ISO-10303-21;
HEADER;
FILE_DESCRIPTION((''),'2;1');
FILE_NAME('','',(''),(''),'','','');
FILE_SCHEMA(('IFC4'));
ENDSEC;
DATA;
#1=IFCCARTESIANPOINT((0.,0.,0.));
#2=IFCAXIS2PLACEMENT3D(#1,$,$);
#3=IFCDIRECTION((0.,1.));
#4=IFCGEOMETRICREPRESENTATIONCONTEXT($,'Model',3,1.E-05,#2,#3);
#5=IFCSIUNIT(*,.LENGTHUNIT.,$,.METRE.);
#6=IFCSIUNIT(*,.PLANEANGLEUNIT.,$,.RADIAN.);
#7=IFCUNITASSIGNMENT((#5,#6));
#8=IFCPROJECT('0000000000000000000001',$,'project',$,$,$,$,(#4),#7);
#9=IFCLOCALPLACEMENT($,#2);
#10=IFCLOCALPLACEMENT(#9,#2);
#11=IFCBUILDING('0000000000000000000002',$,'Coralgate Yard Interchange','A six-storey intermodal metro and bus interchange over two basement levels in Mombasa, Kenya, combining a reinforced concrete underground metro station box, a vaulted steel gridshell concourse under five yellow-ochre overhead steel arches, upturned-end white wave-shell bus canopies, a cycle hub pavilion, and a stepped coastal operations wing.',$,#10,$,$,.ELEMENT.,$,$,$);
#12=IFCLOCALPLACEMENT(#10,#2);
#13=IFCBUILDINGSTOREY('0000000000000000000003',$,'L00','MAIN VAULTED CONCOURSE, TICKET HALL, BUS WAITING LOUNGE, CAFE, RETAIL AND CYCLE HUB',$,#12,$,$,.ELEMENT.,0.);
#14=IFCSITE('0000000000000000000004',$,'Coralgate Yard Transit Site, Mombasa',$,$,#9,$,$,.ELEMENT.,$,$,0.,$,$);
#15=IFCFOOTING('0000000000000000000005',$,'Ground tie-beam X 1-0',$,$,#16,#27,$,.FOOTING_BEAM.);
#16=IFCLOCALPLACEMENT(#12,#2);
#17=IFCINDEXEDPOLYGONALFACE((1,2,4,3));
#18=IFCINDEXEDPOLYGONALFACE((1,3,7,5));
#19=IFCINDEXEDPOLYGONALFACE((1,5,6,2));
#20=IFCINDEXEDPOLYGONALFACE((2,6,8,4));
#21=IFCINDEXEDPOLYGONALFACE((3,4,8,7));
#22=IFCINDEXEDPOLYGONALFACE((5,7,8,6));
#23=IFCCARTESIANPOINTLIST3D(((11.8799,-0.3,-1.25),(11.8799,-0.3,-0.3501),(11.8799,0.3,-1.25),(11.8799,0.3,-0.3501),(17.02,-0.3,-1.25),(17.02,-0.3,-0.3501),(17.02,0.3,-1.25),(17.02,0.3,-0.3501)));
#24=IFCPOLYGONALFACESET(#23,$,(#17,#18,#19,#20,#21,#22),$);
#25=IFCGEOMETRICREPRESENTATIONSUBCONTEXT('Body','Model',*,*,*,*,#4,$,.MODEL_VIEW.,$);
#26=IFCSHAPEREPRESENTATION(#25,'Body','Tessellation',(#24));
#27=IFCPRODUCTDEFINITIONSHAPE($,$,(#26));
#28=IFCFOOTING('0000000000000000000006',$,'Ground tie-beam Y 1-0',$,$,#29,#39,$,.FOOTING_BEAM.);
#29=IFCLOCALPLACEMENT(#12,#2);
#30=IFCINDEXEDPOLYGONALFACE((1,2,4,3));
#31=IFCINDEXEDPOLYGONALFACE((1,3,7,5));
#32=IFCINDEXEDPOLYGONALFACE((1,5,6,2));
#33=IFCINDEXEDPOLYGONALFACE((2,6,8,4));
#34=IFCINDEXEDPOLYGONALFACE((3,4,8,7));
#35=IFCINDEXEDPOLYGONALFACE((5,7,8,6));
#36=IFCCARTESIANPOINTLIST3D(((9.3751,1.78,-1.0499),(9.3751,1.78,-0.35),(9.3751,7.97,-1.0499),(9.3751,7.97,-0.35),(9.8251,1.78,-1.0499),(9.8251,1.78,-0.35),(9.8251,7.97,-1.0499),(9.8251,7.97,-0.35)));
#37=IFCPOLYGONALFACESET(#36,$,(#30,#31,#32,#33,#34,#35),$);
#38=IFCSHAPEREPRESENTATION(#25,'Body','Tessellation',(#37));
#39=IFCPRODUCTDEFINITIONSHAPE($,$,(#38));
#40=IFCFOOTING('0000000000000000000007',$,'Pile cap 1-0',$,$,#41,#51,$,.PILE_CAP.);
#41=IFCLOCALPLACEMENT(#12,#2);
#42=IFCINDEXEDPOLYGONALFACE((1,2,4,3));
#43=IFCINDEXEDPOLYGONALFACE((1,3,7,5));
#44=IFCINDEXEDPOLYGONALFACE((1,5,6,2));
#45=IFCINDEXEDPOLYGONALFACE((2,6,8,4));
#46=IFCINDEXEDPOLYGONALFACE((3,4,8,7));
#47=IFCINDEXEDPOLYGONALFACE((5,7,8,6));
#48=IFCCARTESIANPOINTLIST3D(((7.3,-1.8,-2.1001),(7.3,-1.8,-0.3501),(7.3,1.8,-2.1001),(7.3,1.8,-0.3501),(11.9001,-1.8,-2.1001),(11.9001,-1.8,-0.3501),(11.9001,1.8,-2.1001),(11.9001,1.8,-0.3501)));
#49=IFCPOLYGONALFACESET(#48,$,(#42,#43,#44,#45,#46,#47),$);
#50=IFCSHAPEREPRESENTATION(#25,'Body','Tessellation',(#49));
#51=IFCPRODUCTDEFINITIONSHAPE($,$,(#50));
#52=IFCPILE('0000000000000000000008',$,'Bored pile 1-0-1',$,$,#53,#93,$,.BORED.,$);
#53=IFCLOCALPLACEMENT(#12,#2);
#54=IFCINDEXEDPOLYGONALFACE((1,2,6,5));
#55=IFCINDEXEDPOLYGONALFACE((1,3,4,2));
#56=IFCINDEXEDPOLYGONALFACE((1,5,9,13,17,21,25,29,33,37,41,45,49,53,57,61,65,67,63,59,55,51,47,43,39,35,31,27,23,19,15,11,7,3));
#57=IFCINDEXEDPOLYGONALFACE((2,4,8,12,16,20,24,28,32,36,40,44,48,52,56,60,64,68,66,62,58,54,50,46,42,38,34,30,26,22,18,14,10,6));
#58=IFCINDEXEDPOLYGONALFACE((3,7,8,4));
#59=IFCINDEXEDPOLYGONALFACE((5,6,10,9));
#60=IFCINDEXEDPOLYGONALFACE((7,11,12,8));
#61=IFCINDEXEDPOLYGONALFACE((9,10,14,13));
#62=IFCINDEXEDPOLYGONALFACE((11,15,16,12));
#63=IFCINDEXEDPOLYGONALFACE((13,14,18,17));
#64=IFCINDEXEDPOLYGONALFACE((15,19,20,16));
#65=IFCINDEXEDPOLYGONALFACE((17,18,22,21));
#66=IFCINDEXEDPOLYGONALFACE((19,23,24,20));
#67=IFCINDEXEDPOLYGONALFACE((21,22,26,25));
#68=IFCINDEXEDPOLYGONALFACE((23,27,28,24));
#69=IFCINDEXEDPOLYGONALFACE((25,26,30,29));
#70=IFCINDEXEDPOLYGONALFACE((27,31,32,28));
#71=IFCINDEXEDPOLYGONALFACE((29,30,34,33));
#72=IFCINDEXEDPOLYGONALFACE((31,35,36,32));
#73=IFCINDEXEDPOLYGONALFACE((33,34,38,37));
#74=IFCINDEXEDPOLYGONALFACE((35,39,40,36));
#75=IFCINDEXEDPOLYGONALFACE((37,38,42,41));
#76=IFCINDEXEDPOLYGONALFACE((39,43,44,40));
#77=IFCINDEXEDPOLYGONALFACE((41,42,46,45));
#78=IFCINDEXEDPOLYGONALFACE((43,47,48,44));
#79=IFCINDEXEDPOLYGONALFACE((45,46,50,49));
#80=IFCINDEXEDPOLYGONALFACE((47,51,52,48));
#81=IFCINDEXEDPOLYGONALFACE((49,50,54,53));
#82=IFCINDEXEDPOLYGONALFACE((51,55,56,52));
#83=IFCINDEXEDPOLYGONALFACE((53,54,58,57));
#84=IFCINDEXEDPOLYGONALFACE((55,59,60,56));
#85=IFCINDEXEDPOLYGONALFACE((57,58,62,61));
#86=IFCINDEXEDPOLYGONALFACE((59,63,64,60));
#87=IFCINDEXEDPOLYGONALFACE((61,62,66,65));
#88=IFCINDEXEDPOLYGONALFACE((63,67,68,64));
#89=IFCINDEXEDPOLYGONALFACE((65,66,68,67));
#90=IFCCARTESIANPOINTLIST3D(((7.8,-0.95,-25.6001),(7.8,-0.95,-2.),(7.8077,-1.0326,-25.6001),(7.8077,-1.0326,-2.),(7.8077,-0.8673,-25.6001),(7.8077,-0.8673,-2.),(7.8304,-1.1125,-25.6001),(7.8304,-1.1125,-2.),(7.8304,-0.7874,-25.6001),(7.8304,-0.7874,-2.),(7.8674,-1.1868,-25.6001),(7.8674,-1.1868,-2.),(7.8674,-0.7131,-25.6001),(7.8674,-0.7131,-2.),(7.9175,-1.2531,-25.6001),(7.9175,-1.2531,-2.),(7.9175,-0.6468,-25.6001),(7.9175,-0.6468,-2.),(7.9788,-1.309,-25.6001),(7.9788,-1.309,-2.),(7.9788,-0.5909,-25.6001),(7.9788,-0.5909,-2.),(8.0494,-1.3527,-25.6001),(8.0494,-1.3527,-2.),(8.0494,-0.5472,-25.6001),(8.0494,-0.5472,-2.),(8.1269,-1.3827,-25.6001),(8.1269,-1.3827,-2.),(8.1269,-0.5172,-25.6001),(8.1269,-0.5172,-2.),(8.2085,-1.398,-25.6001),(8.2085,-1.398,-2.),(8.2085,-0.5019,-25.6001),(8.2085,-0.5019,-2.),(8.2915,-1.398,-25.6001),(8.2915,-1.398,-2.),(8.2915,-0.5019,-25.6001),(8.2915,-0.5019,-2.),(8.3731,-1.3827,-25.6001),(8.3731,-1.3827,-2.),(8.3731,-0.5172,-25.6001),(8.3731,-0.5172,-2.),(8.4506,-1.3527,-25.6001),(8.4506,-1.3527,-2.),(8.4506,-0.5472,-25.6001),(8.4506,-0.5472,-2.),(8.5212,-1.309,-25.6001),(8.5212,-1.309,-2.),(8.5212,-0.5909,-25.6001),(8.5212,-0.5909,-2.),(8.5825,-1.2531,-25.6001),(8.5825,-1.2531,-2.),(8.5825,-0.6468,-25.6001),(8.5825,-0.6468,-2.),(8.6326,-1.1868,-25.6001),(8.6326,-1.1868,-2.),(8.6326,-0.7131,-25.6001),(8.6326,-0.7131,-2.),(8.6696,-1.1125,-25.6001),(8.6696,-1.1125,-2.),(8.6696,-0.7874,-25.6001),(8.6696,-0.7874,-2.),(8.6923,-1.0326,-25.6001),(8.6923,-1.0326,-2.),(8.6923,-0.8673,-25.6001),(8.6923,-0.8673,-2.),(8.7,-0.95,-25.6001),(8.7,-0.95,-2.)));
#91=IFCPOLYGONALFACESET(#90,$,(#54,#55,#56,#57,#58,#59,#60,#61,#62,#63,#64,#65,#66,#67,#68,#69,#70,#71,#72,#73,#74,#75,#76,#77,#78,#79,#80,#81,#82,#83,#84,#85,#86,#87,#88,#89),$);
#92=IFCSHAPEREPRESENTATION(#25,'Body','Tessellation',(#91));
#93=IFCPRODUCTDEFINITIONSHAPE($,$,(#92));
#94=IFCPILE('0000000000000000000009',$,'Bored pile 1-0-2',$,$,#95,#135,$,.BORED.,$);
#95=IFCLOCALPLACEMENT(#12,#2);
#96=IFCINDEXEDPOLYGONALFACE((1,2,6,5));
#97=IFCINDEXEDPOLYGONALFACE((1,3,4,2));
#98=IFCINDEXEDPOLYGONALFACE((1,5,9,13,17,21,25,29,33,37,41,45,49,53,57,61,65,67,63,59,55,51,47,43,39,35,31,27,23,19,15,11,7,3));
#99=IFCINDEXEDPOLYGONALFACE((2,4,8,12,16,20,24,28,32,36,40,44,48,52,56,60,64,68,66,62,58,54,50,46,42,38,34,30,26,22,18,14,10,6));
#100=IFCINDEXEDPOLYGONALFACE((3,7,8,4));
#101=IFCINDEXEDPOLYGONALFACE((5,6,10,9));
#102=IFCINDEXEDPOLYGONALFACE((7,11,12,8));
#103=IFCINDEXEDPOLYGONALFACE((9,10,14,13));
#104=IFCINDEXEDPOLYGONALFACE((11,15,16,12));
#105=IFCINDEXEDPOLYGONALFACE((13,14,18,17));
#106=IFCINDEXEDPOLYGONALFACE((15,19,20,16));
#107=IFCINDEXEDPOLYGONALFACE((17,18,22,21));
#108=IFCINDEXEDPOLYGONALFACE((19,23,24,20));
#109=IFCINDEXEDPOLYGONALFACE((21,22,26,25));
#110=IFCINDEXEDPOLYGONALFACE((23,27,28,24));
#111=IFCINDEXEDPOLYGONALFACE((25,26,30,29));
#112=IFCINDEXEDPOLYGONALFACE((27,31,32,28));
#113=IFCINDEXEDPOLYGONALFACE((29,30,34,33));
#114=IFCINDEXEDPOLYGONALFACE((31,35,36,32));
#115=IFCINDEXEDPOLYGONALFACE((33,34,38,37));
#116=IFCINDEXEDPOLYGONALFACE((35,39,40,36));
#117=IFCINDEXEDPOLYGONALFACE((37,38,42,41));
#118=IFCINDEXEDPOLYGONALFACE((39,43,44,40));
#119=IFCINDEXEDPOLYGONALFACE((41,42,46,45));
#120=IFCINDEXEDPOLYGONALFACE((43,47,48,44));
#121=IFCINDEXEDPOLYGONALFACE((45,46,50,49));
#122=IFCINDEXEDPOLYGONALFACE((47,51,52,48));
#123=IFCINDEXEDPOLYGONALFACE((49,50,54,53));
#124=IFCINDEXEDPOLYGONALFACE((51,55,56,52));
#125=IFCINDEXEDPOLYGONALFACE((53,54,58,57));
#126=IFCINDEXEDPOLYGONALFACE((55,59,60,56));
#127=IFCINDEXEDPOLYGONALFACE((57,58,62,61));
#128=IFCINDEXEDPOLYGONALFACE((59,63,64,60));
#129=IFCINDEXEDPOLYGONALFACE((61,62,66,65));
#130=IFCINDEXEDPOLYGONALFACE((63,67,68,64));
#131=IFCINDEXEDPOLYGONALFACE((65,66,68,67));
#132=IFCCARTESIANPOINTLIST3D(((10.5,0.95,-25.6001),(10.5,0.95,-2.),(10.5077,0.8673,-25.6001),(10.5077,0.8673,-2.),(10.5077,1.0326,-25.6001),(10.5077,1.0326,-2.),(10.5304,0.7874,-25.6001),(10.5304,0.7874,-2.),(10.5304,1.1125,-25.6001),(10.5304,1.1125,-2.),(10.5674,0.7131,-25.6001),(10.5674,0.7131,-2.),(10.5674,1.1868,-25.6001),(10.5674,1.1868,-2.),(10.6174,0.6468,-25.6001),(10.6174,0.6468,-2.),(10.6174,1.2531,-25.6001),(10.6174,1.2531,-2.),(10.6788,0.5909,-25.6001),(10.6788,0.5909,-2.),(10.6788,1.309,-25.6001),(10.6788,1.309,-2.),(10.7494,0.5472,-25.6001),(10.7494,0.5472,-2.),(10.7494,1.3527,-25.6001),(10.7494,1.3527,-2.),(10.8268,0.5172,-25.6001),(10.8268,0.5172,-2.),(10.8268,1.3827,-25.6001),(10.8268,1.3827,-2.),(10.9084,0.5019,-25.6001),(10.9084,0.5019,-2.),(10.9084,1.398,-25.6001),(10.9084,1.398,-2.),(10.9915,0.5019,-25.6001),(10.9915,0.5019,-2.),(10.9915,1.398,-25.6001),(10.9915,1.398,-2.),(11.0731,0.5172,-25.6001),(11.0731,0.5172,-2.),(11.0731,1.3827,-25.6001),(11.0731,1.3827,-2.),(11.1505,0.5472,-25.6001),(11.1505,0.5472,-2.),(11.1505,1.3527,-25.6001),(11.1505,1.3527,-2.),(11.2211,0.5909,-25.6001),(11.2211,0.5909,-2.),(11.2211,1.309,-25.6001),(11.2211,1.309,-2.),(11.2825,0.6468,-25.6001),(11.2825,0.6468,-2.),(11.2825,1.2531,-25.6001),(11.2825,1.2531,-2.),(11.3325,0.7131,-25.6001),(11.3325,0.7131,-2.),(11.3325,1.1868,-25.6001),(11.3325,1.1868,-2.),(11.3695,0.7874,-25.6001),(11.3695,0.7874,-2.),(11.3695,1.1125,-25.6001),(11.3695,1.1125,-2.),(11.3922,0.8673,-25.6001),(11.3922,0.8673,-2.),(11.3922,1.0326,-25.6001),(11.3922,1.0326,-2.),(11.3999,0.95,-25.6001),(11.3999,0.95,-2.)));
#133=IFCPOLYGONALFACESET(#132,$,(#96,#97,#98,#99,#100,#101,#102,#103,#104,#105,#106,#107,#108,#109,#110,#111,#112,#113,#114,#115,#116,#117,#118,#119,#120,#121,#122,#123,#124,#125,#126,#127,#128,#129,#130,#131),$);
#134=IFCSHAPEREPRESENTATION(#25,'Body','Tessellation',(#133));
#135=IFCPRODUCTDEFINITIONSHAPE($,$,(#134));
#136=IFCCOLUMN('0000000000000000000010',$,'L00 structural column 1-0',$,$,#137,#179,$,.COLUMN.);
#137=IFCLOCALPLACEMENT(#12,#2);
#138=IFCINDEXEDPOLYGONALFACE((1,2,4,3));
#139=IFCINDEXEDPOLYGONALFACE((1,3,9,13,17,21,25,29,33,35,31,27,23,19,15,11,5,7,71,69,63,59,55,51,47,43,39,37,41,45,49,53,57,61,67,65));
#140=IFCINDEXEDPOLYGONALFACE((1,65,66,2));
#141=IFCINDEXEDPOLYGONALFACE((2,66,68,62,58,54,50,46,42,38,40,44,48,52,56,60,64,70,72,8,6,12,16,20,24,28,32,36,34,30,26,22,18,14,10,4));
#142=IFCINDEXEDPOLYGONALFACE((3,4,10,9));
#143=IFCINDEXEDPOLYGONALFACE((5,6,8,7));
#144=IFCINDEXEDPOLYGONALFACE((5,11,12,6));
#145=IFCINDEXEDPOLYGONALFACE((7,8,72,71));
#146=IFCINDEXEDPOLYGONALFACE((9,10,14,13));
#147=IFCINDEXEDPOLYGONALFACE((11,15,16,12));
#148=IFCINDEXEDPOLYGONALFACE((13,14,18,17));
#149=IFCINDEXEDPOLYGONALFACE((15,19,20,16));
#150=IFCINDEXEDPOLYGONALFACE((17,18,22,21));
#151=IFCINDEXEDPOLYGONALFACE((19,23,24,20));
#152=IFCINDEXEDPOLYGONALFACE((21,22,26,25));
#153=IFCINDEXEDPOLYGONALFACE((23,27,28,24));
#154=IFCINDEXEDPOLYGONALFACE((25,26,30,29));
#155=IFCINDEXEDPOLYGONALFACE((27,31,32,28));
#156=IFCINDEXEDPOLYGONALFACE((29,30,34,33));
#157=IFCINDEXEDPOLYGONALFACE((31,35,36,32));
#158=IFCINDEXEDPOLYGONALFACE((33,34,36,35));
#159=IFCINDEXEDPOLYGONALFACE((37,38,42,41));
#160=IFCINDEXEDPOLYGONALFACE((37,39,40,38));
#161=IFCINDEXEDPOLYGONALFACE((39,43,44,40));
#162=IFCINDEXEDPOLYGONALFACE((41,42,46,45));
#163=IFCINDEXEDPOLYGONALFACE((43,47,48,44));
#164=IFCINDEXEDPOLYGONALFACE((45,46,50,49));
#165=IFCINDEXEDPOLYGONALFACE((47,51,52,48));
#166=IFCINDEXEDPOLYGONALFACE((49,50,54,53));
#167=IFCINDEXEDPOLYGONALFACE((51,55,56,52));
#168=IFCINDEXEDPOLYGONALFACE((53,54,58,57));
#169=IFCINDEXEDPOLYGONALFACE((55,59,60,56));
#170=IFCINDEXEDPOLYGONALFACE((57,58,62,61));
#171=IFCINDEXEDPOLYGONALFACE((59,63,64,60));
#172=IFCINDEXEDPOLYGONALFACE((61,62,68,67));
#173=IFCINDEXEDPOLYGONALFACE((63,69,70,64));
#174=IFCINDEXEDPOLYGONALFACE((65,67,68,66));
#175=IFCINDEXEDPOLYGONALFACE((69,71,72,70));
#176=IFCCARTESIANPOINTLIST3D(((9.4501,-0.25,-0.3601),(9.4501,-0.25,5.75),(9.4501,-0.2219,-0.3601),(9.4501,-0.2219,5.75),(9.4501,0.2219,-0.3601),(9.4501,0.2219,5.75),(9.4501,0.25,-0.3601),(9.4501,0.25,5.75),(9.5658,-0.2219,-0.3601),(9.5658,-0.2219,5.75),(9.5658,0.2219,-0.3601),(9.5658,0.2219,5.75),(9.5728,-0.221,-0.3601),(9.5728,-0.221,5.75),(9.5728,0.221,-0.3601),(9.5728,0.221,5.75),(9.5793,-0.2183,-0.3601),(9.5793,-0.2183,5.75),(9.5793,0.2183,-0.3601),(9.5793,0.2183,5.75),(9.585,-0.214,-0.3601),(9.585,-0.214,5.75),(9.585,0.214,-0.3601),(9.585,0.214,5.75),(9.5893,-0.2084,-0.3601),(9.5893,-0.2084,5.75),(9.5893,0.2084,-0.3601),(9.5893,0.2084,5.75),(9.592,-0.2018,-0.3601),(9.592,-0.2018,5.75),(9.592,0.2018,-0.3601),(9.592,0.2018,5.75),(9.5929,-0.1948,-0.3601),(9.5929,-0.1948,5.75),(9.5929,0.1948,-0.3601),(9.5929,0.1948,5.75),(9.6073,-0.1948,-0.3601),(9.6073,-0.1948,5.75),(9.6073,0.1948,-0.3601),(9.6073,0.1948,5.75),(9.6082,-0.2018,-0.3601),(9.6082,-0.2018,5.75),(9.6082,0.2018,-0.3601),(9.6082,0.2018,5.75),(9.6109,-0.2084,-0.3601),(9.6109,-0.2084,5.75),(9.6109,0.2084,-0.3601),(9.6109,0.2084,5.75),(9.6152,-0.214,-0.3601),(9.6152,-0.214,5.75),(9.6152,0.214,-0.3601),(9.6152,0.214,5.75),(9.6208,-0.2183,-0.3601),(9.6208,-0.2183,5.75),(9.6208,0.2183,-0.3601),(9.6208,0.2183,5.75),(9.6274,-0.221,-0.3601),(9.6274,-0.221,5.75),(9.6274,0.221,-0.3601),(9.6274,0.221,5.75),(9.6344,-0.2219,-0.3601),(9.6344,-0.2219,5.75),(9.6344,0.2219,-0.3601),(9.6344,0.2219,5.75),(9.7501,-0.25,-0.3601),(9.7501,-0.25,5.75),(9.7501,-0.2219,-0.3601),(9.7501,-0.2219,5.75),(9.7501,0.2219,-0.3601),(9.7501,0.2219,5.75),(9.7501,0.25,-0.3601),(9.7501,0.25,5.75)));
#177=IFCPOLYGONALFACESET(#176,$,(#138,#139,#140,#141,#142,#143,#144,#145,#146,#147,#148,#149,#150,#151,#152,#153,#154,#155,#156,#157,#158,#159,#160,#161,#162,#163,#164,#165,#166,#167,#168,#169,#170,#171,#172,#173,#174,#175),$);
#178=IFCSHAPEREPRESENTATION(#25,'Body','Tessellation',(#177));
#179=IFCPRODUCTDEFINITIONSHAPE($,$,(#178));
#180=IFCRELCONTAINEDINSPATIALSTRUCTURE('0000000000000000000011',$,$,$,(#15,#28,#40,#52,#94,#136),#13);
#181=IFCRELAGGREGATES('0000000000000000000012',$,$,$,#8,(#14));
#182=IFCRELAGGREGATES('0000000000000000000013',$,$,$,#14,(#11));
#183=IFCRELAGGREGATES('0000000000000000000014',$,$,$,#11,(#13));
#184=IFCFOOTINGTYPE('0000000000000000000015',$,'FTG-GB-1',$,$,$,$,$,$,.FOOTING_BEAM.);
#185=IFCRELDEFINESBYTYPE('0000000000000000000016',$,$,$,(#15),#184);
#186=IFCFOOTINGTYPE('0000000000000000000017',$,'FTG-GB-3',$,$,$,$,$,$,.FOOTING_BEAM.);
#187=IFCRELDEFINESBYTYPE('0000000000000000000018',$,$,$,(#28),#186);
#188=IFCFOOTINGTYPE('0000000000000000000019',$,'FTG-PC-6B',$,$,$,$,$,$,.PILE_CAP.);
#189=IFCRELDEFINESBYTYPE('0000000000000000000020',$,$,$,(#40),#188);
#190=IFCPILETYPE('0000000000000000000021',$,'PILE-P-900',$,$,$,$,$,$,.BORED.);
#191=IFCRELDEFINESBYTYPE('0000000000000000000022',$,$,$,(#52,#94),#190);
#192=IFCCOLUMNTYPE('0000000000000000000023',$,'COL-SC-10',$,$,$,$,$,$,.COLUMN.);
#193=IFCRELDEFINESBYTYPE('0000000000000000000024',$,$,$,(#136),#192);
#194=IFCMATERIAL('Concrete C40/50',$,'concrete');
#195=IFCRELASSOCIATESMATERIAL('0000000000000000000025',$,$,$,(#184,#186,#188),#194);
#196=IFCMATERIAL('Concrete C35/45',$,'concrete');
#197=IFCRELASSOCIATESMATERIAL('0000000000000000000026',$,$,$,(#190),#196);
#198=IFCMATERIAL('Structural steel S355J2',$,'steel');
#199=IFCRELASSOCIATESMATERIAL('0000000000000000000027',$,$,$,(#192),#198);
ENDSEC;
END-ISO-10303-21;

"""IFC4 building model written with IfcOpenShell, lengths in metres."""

from ifc_helpers import new_model, si_unit, direction, frame, origin, origin_2d, place, context, subcontext, project, spatial, rectangle, circle, i_section, extrude, material, material_profile, profile_set, type_object, element, save


model = new_model("IFC4")

# Units and contexts
model_context = context("Model", 3, precision=1e-05, world=origin(), true_north=direction((0.0, 1.0)))
body_context = subcontext(model_context, "Body", "Model", "MODEL_VIEW")
ifc_project = project(units=[si_unit("LENGTHUNIT", "METRE"), si_unit("PLANEANGLEUNIT", "RADIAN")], contexts=[model_context])

# Site, building, storey
site_placement = place(None, origin())
site = spatial("IfcSite", under=ifc_project, at=site_placement, Name="Coralgate Yard Transit Site, Mombasa", CompositionType="ELEMENT", RefElevation=0.0)
building_placement = place(site_placement, origin())
building = spatial("IfcBuilding", under=site, at=building_placement, Name="Coralgate Yard Interchange", Description="A six-storey intermodal metro and bus interchange over two basement levels in Mombasa, Kenya, combining a reinforced concrete underground metro station box, a vaulted steel gridshell concourse under five yellow-ochre overhead steel arches, upturned-end white wave-shell bus canopies, a cycle hub pavilion, and a stepped coastal operations wing.", CompositionType="ELEMENT")
storey_placement = place(building_placement, origin())
storey = spatial("IfcBuildingStorey", under=building, at=storey_placement, Name="L00", Description="MAIN VAULTED CONCOURSE, TICKET HALL, BUS WAITING LOUNGE, CAFE, RETAIL AND CYCLE HUB", CompositionType="ELEMENT", Elevation=0.0)

# Footings
ifc_material_1 = material(Name="Concrete C40/50", Category="concrete")
ifc_material_profile_1 = material_profile(ifc_material_1, rectangle(XDim=0.6001, YDim=0.8999, at=origin_2d()), Name="RC 600x900")
ifc_profile_set_1 = profile_set([ifc_material_profile_1], Name="Concrete C40/50")
footing_type_1 = type_object("IfcFootingType", Name="FTG-GB-1", PredefinedType="FOOTING_BEAM", material=ifc_profile_set_1)
footing_1_placement = place(storey_placement, frame((11.8799, 0.0, -0.8), z_axis=(1.0, 0.0, 0.0), x_axis=(0.0, 1.0, 0.0)))
element("IfcFooting", 1, at=footing_1_placement, inside=storey, type_object=footing_type_1, Name="Ground tie-beam X 1-0", PredefinedType="FOOTING_BEAM", context=body_context, shape_type="SweptSolid", body=[
    extrude(rectangle(XDim=0.6001, YDim=0.8999, at=origin_2d()), origin(), (0.0, 0.0, 1.0), 5.1401),
])
ifc_material_profile_2 = material_profile(ifc_material_1, rectangle(XDim=0.45, YDim=0.7, at=origin_2d()), Name="RC 450x700")
ifc_profile_set_2 = profile_set([ifc_material_profile_2], Name="Concrete C40/50")
footing_type_2 = type_object("IfcFootingType", Name="FTG-GB-3", PredefinedType="FOOTING_BEAM", material=ifc_profile_set_2)
footing_2_placement = place(storey_placement, frame((9.6001, 1.78, -0.7), z_axis=(0.0, 1.0, 0.0), x_axis=(-1.0, 0.0, 0.0)))
element("IfcFooting", 2, at=footing_2_placement, inside=storey, type_object=footing_type_2, Name="Ground tie-beam Y 1-0", PredefinedType="FOOTING_BEAM", context=body_context, shape_type="SweptSolid", body=[
    extrude(rectangle(XDim=0.45, YDim=0.7, at=origin_2d()), origin(), (0.0, 0.0, 1.0), 6.1899),
])
footing_type_3 = type_object("IfcFootingType", Name="FTG-PC-6B", PredefinedType="PILE_CAP", material=ifc_material_1)
footing_3_placement = place(storey_placement, frame((9.6001, 0.0, -2.1001), z_axis=(0.0, 0.0, 1.0), x_axis=(1.0, 0.0, 0.0)))
element("IfcFooting", 3, at=footing_3_placement, inside=storey, type_object=footing_type_3, Name="Pile cap 1-0", PredefinedType="PILE_CAP", context=body_context, shape_type="SweptSolid", body=[
    extrude(rectangle(XDim=4.6001, YDim=3.6001, at=origin_2d()), origin(), (0.0, 0.0, 1.0), 1.75),
])

# Piles
ifc_material_2 = material(Name="Concrete C35/45", Category="concrete")
ifc_material_profile_3 = material_profile(ifc_material_2, circle(Radius=0.45, at=origin_2d()), Name="BORED PILE D900")
ifc_profile_set_3 = profile_set([ifc_material_profile_3], Name="Concrete C35/45")
pile_type = type_object("IfcPileType", Name="PILE-P-900", PredefinedType="BORED", material=ifc_profile_set_3)
for number, where, z_axis, x_axis, name in (
    (4, (8.25, -0.95, -2.0), (0.0, 0.0, -1.0), (1.0, 0.0, 0.0), "Bored pile 1-0-1"),
    (5, (10.95, 0.95, -2.0), (0.0, 0.0, -1.0), (1.0, 0.0, 0.0), "Bored pile 1-0-2"),
):
    element("IfcPile", number, at=place(storey_placement, frame(where, z_axis=z_axis, x_axis=x_axis)), inside=storey, type_object=pile_type, Name=name, PredefinedType="BORED", context=body_context, shape_type="SweptSolid", body=[
        extrude(circle(Radius=0.45, at=origin_2d()), origin(), (0.0, 0.0, 1.0), 23.6001),
    ])

# Column
ifc_material_3 = material(Name="Structural steel S355J2", Category="steel")
ifc_material_profile_4 = material_profile(ifc_material_3, i_section(OverallWidth=0.3, OverallDepth=0.5, WebThickness=0.0144, FlangeThickness=0.0281, FilletRadius=0.0271, at=origin_2d()), Name="HEB 500")
ifc_profile_set_4 = profile_set([ifc_material_profile_4], Name="Structural steel S355J2")
column_type = type_object("IfcColumnType", Name="COL-SC-10", PredefinedType="COLUMN", material=ifc_profile_set_4)
column_placement = place(storey_placement, frame((9.6001, 0.0, -0.3601), z_axis=(0.0, 0.0, 1.0), x_axis=(1.0, 0.0, 0.0)))
element("IfcColumn", 6, at=column_placement, inside=storey, type_object=column_type, Name="L00 structural column 1-0", PredefinedType="COLUMN", context=body_context, shape_type="SweptSolid", body=[
    extrude(i_section(OverallWidth=0.3, OverallDepth=0.5, WebThickness=0.0144, FlangeThickness=0.0281, FilletRadius=0.0271, at=origin_2d()), origin(), (0.0, 0.0, 1.0), 6.1101),
])

save(model, "model.ifc")
